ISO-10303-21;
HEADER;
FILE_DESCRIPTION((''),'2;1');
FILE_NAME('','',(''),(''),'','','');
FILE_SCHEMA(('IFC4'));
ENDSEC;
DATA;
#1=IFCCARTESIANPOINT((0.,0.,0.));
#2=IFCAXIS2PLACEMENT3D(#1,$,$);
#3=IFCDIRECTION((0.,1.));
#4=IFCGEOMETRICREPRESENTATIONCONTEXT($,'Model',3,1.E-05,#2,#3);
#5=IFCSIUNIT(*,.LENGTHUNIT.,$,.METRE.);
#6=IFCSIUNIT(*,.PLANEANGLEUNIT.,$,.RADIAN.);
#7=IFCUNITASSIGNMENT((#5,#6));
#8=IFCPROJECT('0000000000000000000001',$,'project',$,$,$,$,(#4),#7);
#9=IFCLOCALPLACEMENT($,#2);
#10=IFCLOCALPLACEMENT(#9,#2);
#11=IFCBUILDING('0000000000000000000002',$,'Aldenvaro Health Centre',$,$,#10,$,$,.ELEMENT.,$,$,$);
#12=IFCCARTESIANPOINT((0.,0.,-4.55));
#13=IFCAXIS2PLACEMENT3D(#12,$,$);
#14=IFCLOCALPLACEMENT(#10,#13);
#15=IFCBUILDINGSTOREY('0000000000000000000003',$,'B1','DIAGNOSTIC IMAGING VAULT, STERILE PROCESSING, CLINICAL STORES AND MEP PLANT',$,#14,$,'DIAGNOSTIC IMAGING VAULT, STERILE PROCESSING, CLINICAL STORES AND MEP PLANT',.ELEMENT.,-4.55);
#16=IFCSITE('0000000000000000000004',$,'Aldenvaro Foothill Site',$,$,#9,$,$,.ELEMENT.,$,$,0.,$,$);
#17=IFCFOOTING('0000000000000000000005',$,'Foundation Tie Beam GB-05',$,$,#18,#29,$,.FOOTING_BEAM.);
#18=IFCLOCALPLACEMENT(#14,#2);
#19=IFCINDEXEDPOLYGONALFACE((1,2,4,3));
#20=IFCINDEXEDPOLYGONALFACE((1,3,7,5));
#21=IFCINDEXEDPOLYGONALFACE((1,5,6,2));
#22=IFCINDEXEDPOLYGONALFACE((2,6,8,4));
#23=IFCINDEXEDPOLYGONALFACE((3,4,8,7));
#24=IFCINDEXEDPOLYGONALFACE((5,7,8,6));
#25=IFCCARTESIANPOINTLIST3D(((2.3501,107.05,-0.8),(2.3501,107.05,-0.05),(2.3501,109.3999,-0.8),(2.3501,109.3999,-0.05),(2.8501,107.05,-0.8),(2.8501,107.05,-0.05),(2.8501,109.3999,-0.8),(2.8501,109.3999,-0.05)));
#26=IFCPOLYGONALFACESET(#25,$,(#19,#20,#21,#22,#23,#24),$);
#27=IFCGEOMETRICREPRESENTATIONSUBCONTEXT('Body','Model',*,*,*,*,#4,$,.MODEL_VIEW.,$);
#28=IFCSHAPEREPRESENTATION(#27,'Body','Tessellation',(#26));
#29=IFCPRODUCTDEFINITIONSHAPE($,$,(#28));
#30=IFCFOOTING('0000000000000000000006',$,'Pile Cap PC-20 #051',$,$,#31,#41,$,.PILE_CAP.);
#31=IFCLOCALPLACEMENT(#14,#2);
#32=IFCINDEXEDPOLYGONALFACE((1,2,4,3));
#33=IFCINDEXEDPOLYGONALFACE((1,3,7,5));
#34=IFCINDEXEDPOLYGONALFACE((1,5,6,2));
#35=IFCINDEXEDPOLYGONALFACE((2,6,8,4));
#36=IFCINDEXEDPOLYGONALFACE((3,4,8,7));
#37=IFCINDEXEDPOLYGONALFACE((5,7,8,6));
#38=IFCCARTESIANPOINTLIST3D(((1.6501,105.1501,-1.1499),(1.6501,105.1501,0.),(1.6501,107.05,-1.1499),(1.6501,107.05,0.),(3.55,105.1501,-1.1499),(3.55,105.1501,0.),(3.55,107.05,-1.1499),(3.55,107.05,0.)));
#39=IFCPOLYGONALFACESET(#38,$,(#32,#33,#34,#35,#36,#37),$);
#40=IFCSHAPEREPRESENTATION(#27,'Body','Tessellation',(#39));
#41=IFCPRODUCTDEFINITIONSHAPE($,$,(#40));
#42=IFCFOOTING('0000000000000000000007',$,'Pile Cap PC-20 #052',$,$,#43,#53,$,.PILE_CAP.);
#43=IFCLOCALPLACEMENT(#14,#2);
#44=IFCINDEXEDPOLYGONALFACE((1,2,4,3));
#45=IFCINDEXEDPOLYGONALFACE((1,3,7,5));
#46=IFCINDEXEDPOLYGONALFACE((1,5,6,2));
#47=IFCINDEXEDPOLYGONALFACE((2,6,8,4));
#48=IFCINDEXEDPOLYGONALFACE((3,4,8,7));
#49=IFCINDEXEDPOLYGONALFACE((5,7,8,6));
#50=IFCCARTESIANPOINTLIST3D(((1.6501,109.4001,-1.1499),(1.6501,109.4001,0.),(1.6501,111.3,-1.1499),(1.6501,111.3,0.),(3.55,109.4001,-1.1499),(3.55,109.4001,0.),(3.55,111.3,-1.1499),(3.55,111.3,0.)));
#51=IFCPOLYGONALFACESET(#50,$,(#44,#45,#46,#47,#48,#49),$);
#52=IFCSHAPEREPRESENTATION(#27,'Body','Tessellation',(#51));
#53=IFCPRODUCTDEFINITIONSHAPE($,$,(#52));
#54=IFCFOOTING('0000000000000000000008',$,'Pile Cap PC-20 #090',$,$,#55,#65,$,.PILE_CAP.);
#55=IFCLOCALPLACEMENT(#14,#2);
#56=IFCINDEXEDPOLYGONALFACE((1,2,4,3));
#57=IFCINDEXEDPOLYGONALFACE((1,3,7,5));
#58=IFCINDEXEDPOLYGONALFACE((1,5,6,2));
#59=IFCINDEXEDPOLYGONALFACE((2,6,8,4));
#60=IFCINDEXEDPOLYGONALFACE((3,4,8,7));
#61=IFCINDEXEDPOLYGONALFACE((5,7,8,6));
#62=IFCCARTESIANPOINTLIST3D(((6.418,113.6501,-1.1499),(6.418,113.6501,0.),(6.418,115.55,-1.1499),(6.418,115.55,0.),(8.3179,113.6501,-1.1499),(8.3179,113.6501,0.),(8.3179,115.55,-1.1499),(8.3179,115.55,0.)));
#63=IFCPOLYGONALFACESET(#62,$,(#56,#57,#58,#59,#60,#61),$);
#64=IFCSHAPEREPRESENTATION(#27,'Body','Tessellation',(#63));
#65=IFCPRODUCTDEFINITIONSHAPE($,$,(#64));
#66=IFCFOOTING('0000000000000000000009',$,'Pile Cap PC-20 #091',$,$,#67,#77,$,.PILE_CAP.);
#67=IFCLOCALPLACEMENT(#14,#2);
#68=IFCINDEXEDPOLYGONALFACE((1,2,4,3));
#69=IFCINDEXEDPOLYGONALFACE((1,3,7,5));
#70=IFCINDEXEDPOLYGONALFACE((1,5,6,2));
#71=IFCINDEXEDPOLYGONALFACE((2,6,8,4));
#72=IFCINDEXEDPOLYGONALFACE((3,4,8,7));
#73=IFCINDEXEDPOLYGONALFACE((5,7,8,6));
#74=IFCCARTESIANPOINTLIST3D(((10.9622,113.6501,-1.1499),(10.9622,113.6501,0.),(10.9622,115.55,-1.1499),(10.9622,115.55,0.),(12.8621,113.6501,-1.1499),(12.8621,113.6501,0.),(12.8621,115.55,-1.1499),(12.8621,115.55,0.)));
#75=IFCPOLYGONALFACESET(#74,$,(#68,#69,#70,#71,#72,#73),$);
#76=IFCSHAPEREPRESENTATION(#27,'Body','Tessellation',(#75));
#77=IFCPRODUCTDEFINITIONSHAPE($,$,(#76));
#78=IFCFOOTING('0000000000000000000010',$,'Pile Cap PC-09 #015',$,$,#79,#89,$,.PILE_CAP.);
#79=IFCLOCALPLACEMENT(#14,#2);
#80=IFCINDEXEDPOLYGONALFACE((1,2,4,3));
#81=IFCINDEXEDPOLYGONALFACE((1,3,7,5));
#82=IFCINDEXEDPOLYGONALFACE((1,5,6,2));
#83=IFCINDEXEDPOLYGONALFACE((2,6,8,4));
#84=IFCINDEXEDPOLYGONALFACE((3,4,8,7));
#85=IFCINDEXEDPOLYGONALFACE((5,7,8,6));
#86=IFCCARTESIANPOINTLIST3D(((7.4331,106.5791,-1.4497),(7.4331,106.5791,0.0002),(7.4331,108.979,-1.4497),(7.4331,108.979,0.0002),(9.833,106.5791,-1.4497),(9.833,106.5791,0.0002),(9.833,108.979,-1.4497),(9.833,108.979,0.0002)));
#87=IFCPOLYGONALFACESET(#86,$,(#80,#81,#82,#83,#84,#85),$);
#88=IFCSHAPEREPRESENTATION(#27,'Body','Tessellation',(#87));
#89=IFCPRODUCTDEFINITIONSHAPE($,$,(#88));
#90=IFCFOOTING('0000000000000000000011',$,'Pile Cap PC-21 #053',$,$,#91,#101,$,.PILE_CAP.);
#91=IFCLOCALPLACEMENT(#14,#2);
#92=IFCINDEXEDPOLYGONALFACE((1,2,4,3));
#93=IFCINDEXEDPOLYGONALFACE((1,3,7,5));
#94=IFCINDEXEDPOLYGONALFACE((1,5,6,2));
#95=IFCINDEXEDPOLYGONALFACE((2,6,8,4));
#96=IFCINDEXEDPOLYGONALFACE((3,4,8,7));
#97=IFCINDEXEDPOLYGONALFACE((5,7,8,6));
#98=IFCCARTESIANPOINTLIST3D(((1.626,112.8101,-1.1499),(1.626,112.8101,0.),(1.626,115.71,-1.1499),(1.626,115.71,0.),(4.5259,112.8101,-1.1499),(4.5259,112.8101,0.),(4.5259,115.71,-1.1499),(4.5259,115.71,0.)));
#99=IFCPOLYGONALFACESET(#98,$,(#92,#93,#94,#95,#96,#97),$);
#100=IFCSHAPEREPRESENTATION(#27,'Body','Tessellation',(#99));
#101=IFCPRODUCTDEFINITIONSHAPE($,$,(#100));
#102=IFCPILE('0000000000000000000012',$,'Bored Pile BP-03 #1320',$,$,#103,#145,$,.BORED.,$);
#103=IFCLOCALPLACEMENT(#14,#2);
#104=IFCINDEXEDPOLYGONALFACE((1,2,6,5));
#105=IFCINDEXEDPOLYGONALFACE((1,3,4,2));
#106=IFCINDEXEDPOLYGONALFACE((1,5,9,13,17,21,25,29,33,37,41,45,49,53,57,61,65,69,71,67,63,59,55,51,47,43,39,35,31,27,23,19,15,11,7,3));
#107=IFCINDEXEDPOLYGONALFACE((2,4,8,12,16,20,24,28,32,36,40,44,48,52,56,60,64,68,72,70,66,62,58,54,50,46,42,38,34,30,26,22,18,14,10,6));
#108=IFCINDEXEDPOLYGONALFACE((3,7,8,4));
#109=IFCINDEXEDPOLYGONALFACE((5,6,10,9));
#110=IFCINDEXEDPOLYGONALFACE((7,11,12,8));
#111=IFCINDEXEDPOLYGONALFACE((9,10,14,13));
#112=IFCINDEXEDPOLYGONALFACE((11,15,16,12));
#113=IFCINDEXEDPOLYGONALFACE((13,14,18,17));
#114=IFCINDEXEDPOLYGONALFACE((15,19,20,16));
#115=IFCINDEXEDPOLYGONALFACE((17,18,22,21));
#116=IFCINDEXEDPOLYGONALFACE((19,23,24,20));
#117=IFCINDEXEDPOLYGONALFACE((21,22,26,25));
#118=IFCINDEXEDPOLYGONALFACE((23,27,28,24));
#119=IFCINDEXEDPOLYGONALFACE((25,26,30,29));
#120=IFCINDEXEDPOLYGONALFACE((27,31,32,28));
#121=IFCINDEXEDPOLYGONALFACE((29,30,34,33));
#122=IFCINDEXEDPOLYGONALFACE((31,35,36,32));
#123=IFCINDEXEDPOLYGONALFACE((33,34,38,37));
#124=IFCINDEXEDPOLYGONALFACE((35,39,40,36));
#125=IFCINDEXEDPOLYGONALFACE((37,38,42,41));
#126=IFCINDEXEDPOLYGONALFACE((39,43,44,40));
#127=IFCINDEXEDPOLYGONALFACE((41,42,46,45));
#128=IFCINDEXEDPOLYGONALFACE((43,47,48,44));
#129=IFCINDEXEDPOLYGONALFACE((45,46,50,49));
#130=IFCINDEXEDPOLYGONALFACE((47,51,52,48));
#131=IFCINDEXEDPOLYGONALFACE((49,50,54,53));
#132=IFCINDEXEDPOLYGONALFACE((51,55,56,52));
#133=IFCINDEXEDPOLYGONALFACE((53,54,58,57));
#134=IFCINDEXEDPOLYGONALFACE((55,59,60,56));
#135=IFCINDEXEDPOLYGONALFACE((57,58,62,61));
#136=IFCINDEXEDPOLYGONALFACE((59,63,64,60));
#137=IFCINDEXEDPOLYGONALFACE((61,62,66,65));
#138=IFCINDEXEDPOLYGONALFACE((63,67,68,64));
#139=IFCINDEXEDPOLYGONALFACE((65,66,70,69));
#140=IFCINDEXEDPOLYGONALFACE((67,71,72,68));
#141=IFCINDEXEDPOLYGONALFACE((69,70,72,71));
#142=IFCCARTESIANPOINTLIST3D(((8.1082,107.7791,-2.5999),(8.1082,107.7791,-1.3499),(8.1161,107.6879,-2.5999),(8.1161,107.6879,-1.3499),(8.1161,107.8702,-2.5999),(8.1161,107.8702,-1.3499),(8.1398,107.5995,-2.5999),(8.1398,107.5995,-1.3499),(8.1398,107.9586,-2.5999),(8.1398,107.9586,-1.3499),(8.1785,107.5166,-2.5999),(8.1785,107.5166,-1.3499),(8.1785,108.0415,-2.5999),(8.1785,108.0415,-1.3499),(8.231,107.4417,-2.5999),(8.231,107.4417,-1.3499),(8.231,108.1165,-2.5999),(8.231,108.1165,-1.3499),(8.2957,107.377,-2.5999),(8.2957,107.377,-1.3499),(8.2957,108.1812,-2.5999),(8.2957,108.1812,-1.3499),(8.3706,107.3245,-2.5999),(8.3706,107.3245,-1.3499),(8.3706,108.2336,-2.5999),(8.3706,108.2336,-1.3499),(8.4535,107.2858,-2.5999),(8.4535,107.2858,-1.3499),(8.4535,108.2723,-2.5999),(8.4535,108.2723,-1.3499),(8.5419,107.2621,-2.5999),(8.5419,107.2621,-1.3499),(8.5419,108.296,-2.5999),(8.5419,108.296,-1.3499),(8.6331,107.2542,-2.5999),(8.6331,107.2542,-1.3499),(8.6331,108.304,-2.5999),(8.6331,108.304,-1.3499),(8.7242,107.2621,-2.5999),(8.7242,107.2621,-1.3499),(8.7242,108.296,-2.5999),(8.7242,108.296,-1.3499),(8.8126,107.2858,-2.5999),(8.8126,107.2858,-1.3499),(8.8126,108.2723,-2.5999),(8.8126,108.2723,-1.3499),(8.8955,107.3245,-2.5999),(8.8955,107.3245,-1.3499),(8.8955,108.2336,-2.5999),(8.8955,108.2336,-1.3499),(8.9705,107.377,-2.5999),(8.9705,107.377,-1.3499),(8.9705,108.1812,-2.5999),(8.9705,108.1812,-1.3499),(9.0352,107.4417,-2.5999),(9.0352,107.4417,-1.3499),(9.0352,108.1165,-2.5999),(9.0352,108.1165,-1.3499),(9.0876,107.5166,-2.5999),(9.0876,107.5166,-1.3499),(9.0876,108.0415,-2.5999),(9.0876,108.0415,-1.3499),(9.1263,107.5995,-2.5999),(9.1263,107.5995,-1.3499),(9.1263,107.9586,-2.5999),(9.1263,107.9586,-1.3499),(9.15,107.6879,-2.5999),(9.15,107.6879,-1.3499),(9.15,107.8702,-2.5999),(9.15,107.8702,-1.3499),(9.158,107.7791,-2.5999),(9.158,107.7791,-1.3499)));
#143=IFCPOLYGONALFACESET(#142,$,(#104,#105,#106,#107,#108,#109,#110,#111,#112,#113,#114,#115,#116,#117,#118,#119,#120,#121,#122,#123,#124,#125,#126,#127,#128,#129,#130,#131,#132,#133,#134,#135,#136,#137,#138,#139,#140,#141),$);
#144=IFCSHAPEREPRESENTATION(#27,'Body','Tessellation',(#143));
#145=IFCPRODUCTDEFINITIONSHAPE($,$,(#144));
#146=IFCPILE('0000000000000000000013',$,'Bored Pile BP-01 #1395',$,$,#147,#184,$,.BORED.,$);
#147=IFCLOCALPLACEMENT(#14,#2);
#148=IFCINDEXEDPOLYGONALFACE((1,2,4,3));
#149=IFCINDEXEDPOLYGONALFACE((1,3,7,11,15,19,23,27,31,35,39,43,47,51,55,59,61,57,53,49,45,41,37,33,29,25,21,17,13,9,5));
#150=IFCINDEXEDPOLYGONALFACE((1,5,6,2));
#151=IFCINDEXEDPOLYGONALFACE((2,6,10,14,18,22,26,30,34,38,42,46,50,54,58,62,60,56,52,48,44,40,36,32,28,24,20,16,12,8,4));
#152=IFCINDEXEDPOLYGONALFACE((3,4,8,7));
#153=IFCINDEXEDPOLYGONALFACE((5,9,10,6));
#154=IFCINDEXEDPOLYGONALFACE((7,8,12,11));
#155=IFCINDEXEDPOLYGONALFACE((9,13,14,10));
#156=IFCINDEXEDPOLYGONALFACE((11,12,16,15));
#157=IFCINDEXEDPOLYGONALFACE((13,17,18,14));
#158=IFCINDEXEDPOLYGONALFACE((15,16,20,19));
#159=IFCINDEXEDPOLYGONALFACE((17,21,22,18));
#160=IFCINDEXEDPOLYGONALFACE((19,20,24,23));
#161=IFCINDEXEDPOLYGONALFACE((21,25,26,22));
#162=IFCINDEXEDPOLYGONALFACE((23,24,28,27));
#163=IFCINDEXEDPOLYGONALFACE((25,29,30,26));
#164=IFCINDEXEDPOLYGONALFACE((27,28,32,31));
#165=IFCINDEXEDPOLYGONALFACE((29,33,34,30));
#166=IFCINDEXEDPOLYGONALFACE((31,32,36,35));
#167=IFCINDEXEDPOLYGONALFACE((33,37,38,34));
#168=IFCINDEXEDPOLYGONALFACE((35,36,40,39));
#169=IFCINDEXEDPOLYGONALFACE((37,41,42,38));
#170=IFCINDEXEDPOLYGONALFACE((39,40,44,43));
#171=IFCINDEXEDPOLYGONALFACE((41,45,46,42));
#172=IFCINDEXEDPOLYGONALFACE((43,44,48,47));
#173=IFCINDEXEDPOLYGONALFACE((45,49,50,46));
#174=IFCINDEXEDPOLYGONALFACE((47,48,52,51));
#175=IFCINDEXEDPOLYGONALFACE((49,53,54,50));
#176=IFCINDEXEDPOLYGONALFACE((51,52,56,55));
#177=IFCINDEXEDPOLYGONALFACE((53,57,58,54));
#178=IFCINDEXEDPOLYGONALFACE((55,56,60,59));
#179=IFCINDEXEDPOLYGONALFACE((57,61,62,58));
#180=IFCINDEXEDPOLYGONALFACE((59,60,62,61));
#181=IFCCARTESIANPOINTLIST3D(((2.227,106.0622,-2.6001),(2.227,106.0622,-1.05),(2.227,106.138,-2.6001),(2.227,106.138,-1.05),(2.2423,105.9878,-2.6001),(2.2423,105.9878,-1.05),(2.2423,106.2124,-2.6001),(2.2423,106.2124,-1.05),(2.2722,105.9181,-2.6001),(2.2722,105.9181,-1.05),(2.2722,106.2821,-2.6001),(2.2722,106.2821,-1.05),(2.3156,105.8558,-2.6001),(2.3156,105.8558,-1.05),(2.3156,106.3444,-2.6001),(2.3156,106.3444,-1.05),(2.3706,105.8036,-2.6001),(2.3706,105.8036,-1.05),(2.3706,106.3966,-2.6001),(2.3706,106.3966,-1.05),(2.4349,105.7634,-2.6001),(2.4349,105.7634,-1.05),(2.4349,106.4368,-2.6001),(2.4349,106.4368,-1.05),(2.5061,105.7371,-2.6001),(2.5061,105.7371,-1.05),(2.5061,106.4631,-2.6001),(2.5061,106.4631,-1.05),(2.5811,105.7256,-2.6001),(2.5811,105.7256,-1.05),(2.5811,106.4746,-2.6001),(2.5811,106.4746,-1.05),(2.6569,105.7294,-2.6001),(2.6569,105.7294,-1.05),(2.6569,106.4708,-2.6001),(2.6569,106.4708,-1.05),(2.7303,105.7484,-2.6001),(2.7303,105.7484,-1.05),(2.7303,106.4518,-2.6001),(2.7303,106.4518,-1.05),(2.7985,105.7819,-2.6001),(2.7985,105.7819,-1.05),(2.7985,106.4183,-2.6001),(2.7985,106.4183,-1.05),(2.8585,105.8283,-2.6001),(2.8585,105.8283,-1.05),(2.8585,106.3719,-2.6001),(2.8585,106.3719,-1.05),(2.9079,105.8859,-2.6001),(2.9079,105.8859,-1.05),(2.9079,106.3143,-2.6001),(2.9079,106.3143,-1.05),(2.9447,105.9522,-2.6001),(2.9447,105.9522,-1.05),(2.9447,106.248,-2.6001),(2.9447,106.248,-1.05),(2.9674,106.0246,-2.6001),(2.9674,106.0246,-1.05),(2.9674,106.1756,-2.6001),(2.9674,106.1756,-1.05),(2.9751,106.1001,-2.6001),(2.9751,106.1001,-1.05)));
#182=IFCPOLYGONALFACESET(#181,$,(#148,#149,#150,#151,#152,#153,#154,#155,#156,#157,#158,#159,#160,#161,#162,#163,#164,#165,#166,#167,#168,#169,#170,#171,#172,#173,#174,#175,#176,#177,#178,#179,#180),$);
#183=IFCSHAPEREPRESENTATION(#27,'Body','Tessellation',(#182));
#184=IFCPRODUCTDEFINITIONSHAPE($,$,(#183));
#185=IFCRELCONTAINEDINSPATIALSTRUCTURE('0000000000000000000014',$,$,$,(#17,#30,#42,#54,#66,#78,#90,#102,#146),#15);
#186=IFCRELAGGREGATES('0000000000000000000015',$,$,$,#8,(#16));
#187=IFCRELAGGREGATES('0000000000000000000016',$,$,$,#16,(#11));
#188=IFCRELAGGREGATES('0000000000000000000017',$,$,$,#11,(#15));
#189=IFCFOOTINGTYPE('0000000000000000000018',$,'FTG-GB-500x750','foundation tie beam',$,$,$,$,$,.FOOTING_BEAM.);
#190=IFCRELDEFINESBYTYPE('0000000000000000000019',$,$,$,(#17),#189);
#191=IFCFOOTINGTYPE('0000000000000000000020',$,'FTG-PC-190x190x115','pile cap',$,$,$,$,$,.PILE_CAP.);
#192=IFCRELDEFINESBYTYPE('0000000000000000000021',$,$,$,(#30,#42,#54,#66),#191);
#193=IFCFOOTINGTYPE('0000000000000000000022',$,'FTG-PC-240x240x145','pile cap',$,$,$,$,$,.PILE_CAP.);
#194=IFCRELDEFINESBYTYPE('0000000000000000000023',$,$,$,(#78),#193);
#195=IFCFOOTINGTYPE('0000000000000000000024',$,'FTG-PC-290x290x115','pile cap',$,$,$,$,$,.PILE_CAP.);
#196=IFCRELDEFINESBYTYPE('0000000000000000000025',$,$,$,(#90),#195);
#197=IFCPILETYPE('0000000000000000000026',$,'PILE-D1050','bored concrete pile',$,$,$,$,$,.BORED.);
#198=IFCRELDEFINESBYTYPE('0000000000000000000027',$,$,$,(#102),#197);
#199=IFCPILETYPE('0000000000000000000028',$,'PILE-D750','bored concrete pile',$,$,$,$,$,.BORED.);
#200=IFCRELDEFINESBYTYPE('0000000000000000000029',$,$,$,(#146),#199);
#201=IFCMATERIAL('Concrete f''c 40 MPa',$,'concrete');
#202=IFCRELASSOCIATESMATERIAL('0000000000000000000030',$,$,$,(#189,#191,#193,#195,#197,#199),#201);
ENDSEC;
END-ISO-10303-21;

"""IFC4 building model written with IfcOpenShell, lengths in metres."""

from ifc_helpers import new_model, si_unit, direction, frame, origin, origin_2d, place, context, subcontext, project, spatial, rectangle, circle, extrude, material, material_profile, profile_set, type_object, element, save


model = new_model("IFC4")

# Units and contexts
model_context = context("Model", 3, precision=1e-05, world=origin(), true_north=direction((0.0, 1.0)))
body_context = subcontext(model_context, "Body", "Model", "MODEL_VIEW")
ifc_project = project(units=[si_unit("LENGTHUNIT", "METRE"), si_unit("PLANEANGLEUNIT", "RADIAN")], contexts=[model_context])

# Site, building, storey
site_placement = place(None, origin())
site = spatial("IfcSite", under=ifc_project, at=site_placement, Name="Aldenvaro Foothill Site", CompositionType="ELEMENT", RefElevation=0.0)
building_placement = place(site_placement, origin())
building = spatial("IfcBuilding", under=site, at=building_placement, Name="Aldenvaro Health Centre", CompositionType="ELEMENT")
storey_placement = place(building_placement, frame((0.0, 0.0, -4.55)))
storey = spatial("IfcBuildingStorey", under=building, at=storey_placement, Name="B1", Description="DIAGNOSTIC IMAGING VAULT, STERILE PROCESSING, CLINICAL STORES AND MEP PLANT", LongName="DIAGNOSTIC IMAGING VAULT, STERILE PROCESSING, CLINICAL STORES AND MEP PLANT", CompositionType="ELEMENT", Elevation=-4.55)

# Footings
ifc_material_1 = material(Name="Concrete f'c 40 MPa", Category="concrete")
ifc_material_profile_1 = material_profile(ifc_material_1, rectangle(XDim=0.5, YDim=0.75, at=origin_2d()), Name="GB 500x750", Category="concrete")
ifc_profile_set_1 = profile_set([ifc_material_profile_1], Name="Concrete f'c 40 MPa")
footing_type_1 = type_object("IfcFootingType", Name="FTG-GB-500x750", Description="foundation tie beam", PredefinedType="FOOTING_BEAM", material=ifc_profile_set_1)
footing_1_placement = place(storey_placement, frame((2.6001, 107.05, -0.425), z_axis=(0.0, 1.0, 0.0), x_axis=(-1.0, 0.0, 0.0)))
element("IfcFooting", 1, at=footing_1_placement, inside=storey, type_object=footing_type_1, Name="Foundation Tie Beam GB-05", PredefinedType="FOOTING_BEAM", context=body_context, shape_type="SweptSolid", body=[
    extrude(rectangle(XDim=0.5, YDim=0.75, at=origin_2d()), origin(), (0.0, 0.0, 1.0), 2.3499),
])
footing_type_2 = type_object("IfcFootingType", Name="FTG-PC-190x190x115", Description="pile cap", PredefinedType="PILE_CAP", material=ifc_material_1)
for number, where, z_axis, x_axis, name in (
    (2, (2.6001, 106.1001, -1.1499), (0.0, 0.0, 1.0), (1.0, 0.0, 0.0), "Pile Cap PC-20 #051"),
    (3, (2.6001, 110.3501, -1.1499), (0.0, 0.0, 1.0), (1.0, 0.0, 0.0), "Pile Cap PC-20 #052"),
    (4, (7.3679, 114.6001, -1.1499), (0.0, 0.0, 1.0), (1.0, 0.0, 0.0), "Pile Cap PC-20 #090"),
    (5, (11.9121, 114.6001, -1.1499), (0.0, 0.0, 1.0), (1.0, 0.0, 0.0), "Pile Cap PC-20 #091"),
):
    element("IfcFooting", number, at=place(storey_placement, frame(where, z_axis=z_axis, x_axis=x_axis)), inside=storey, type_object=footing_type_2, Name=name, PredefinedType="PILE_CAP", context=body_context, shape_type="SweptSolid", body=[
        extrude(rectangle(XDim=1.8999, YDim=1.8999, at=origin_2d()), origin(), (0.0, 0.0, 1.0), 1.1499),
    ])
footing_type_3 = type_object("IfcFootingType", Name="FTG-PC-240x240x145", Description="pile cap", PredefinedType="PILE_CAP", material=ifc_material_1)
footing_2_placement = place(storey_placement, frame((8.6331, 107.7791, -1.4497), z_axis=(0.0, 0.0, 1.0), x_axis=(1.0, 0.0, 0.0)))
element("IfcFooting", 6, at=footing_2_placement, inside=storey, type_object=footing_type_3, Name="Pile Cap PC-09 #015", PredefinedType="PILE_CAP", context=body_context, shape_type="SweptSolid", body=[
    extrude(rectangle(XDim=2.3999, YDim=2.3999, at=origin_2d()), origin(), (0.0, 0.0, 1.0), 1.45),
])
footing_type_4 = type_object("IfcFootingType", Name="FTG-PC-290x290x115", Description="pile cap", PredefinedType="PILE_CAP", material=ifc_material_1)
footing_3_placement = place(storey_placement, frame((3.0759, 114.26, -1.1499), z_axis=(0.0, 0.0, 1.0), x_axis=(1.0, 0.0, 0.0)))
element("IfcFooting", 7, at=footing_3_placement, inside=storey, type_object=footing_type_4, Name="Pile Cap PC-21 #053", PredefinedType="PILE_CAP", context=body_context, shape_type="SweptSolid", body=[
    extrude(rectangle(XDim=2.8999, YDim=2.8999, at=origin_2d()), origin(), (0.0, 0.0, 1.0), 1.1499),
])

# Piles
ifc_material_profile_2 = material_profile(ifc_material_1, circle(Radius=0.5249, at=origin_2d()), Name="PILE D1050", Category="concrete")
ifc_profile_set_2 = profile_set([ifc_material_profile_2], Name="Concrete f'c 40 MPa")
pile_type_1 = type_object("IfcPileType", Name="PILE-D1050", Description="bored concrete pile", PredefinedType="BORED", material=ifc_profile_set_2)
pile_placement = place(storey_placement, frame((8.6331, 107.7791, -1.3499), z_axis=(0.0, 0.0, -1.0), x_axis=(1.0, 0.0, 0.0)))
element("IfcPile", 8, at=pile_placement, inside=storey, type_object=pile_type_1, Name="Bored Pile BP-03 #1320", PredefinedType="BORED", context=body_context, shape_type="SweptSolid", body=[
    extrude(circle(Radius=0.5249, at=origin_2d()), origin(), (0.0, 0.0, 1.0), 1.25),
])
ifc_material_profile_3 = material_profile(ifc_material_1, circle(Radius=0.375, at=origin_2d()), Name="PILE D750", Category="concrete")
ifc_profile_set_3 = profile_set([ifc_material_profile_3], Name="Concrete f'c 40 MPa")
pile_type_2 = type_object("IfcPileType", Name="PILE-D750", Description="bored concrete pile", PredefinedType="BORED", material=ifc_profile_set_3)
for number, where, z_axis, x_axis, name in (
    (9, (2.6001, 106.1001, -1.05), (0.0, 0.0, -1.0), (1.0, 0.0, 0.0), "Bored Pile BP-01 #1395"),
):
    element("IfcPile", number, at=place(storey_placement, frame(where, z_axis=z_axis, x_axis=x_axis)), inside=storey, type_object=pile_type_2, Name=name, PredefinedType="BORED", context=body_context, shape_type="SweptSolid", body=[
        extrude(circle(Radius=0.375, at=origin_2d()), origin(), (0.0, 0.0, 1.0), 1.55),
    ])

save(model, "model.ifc")
